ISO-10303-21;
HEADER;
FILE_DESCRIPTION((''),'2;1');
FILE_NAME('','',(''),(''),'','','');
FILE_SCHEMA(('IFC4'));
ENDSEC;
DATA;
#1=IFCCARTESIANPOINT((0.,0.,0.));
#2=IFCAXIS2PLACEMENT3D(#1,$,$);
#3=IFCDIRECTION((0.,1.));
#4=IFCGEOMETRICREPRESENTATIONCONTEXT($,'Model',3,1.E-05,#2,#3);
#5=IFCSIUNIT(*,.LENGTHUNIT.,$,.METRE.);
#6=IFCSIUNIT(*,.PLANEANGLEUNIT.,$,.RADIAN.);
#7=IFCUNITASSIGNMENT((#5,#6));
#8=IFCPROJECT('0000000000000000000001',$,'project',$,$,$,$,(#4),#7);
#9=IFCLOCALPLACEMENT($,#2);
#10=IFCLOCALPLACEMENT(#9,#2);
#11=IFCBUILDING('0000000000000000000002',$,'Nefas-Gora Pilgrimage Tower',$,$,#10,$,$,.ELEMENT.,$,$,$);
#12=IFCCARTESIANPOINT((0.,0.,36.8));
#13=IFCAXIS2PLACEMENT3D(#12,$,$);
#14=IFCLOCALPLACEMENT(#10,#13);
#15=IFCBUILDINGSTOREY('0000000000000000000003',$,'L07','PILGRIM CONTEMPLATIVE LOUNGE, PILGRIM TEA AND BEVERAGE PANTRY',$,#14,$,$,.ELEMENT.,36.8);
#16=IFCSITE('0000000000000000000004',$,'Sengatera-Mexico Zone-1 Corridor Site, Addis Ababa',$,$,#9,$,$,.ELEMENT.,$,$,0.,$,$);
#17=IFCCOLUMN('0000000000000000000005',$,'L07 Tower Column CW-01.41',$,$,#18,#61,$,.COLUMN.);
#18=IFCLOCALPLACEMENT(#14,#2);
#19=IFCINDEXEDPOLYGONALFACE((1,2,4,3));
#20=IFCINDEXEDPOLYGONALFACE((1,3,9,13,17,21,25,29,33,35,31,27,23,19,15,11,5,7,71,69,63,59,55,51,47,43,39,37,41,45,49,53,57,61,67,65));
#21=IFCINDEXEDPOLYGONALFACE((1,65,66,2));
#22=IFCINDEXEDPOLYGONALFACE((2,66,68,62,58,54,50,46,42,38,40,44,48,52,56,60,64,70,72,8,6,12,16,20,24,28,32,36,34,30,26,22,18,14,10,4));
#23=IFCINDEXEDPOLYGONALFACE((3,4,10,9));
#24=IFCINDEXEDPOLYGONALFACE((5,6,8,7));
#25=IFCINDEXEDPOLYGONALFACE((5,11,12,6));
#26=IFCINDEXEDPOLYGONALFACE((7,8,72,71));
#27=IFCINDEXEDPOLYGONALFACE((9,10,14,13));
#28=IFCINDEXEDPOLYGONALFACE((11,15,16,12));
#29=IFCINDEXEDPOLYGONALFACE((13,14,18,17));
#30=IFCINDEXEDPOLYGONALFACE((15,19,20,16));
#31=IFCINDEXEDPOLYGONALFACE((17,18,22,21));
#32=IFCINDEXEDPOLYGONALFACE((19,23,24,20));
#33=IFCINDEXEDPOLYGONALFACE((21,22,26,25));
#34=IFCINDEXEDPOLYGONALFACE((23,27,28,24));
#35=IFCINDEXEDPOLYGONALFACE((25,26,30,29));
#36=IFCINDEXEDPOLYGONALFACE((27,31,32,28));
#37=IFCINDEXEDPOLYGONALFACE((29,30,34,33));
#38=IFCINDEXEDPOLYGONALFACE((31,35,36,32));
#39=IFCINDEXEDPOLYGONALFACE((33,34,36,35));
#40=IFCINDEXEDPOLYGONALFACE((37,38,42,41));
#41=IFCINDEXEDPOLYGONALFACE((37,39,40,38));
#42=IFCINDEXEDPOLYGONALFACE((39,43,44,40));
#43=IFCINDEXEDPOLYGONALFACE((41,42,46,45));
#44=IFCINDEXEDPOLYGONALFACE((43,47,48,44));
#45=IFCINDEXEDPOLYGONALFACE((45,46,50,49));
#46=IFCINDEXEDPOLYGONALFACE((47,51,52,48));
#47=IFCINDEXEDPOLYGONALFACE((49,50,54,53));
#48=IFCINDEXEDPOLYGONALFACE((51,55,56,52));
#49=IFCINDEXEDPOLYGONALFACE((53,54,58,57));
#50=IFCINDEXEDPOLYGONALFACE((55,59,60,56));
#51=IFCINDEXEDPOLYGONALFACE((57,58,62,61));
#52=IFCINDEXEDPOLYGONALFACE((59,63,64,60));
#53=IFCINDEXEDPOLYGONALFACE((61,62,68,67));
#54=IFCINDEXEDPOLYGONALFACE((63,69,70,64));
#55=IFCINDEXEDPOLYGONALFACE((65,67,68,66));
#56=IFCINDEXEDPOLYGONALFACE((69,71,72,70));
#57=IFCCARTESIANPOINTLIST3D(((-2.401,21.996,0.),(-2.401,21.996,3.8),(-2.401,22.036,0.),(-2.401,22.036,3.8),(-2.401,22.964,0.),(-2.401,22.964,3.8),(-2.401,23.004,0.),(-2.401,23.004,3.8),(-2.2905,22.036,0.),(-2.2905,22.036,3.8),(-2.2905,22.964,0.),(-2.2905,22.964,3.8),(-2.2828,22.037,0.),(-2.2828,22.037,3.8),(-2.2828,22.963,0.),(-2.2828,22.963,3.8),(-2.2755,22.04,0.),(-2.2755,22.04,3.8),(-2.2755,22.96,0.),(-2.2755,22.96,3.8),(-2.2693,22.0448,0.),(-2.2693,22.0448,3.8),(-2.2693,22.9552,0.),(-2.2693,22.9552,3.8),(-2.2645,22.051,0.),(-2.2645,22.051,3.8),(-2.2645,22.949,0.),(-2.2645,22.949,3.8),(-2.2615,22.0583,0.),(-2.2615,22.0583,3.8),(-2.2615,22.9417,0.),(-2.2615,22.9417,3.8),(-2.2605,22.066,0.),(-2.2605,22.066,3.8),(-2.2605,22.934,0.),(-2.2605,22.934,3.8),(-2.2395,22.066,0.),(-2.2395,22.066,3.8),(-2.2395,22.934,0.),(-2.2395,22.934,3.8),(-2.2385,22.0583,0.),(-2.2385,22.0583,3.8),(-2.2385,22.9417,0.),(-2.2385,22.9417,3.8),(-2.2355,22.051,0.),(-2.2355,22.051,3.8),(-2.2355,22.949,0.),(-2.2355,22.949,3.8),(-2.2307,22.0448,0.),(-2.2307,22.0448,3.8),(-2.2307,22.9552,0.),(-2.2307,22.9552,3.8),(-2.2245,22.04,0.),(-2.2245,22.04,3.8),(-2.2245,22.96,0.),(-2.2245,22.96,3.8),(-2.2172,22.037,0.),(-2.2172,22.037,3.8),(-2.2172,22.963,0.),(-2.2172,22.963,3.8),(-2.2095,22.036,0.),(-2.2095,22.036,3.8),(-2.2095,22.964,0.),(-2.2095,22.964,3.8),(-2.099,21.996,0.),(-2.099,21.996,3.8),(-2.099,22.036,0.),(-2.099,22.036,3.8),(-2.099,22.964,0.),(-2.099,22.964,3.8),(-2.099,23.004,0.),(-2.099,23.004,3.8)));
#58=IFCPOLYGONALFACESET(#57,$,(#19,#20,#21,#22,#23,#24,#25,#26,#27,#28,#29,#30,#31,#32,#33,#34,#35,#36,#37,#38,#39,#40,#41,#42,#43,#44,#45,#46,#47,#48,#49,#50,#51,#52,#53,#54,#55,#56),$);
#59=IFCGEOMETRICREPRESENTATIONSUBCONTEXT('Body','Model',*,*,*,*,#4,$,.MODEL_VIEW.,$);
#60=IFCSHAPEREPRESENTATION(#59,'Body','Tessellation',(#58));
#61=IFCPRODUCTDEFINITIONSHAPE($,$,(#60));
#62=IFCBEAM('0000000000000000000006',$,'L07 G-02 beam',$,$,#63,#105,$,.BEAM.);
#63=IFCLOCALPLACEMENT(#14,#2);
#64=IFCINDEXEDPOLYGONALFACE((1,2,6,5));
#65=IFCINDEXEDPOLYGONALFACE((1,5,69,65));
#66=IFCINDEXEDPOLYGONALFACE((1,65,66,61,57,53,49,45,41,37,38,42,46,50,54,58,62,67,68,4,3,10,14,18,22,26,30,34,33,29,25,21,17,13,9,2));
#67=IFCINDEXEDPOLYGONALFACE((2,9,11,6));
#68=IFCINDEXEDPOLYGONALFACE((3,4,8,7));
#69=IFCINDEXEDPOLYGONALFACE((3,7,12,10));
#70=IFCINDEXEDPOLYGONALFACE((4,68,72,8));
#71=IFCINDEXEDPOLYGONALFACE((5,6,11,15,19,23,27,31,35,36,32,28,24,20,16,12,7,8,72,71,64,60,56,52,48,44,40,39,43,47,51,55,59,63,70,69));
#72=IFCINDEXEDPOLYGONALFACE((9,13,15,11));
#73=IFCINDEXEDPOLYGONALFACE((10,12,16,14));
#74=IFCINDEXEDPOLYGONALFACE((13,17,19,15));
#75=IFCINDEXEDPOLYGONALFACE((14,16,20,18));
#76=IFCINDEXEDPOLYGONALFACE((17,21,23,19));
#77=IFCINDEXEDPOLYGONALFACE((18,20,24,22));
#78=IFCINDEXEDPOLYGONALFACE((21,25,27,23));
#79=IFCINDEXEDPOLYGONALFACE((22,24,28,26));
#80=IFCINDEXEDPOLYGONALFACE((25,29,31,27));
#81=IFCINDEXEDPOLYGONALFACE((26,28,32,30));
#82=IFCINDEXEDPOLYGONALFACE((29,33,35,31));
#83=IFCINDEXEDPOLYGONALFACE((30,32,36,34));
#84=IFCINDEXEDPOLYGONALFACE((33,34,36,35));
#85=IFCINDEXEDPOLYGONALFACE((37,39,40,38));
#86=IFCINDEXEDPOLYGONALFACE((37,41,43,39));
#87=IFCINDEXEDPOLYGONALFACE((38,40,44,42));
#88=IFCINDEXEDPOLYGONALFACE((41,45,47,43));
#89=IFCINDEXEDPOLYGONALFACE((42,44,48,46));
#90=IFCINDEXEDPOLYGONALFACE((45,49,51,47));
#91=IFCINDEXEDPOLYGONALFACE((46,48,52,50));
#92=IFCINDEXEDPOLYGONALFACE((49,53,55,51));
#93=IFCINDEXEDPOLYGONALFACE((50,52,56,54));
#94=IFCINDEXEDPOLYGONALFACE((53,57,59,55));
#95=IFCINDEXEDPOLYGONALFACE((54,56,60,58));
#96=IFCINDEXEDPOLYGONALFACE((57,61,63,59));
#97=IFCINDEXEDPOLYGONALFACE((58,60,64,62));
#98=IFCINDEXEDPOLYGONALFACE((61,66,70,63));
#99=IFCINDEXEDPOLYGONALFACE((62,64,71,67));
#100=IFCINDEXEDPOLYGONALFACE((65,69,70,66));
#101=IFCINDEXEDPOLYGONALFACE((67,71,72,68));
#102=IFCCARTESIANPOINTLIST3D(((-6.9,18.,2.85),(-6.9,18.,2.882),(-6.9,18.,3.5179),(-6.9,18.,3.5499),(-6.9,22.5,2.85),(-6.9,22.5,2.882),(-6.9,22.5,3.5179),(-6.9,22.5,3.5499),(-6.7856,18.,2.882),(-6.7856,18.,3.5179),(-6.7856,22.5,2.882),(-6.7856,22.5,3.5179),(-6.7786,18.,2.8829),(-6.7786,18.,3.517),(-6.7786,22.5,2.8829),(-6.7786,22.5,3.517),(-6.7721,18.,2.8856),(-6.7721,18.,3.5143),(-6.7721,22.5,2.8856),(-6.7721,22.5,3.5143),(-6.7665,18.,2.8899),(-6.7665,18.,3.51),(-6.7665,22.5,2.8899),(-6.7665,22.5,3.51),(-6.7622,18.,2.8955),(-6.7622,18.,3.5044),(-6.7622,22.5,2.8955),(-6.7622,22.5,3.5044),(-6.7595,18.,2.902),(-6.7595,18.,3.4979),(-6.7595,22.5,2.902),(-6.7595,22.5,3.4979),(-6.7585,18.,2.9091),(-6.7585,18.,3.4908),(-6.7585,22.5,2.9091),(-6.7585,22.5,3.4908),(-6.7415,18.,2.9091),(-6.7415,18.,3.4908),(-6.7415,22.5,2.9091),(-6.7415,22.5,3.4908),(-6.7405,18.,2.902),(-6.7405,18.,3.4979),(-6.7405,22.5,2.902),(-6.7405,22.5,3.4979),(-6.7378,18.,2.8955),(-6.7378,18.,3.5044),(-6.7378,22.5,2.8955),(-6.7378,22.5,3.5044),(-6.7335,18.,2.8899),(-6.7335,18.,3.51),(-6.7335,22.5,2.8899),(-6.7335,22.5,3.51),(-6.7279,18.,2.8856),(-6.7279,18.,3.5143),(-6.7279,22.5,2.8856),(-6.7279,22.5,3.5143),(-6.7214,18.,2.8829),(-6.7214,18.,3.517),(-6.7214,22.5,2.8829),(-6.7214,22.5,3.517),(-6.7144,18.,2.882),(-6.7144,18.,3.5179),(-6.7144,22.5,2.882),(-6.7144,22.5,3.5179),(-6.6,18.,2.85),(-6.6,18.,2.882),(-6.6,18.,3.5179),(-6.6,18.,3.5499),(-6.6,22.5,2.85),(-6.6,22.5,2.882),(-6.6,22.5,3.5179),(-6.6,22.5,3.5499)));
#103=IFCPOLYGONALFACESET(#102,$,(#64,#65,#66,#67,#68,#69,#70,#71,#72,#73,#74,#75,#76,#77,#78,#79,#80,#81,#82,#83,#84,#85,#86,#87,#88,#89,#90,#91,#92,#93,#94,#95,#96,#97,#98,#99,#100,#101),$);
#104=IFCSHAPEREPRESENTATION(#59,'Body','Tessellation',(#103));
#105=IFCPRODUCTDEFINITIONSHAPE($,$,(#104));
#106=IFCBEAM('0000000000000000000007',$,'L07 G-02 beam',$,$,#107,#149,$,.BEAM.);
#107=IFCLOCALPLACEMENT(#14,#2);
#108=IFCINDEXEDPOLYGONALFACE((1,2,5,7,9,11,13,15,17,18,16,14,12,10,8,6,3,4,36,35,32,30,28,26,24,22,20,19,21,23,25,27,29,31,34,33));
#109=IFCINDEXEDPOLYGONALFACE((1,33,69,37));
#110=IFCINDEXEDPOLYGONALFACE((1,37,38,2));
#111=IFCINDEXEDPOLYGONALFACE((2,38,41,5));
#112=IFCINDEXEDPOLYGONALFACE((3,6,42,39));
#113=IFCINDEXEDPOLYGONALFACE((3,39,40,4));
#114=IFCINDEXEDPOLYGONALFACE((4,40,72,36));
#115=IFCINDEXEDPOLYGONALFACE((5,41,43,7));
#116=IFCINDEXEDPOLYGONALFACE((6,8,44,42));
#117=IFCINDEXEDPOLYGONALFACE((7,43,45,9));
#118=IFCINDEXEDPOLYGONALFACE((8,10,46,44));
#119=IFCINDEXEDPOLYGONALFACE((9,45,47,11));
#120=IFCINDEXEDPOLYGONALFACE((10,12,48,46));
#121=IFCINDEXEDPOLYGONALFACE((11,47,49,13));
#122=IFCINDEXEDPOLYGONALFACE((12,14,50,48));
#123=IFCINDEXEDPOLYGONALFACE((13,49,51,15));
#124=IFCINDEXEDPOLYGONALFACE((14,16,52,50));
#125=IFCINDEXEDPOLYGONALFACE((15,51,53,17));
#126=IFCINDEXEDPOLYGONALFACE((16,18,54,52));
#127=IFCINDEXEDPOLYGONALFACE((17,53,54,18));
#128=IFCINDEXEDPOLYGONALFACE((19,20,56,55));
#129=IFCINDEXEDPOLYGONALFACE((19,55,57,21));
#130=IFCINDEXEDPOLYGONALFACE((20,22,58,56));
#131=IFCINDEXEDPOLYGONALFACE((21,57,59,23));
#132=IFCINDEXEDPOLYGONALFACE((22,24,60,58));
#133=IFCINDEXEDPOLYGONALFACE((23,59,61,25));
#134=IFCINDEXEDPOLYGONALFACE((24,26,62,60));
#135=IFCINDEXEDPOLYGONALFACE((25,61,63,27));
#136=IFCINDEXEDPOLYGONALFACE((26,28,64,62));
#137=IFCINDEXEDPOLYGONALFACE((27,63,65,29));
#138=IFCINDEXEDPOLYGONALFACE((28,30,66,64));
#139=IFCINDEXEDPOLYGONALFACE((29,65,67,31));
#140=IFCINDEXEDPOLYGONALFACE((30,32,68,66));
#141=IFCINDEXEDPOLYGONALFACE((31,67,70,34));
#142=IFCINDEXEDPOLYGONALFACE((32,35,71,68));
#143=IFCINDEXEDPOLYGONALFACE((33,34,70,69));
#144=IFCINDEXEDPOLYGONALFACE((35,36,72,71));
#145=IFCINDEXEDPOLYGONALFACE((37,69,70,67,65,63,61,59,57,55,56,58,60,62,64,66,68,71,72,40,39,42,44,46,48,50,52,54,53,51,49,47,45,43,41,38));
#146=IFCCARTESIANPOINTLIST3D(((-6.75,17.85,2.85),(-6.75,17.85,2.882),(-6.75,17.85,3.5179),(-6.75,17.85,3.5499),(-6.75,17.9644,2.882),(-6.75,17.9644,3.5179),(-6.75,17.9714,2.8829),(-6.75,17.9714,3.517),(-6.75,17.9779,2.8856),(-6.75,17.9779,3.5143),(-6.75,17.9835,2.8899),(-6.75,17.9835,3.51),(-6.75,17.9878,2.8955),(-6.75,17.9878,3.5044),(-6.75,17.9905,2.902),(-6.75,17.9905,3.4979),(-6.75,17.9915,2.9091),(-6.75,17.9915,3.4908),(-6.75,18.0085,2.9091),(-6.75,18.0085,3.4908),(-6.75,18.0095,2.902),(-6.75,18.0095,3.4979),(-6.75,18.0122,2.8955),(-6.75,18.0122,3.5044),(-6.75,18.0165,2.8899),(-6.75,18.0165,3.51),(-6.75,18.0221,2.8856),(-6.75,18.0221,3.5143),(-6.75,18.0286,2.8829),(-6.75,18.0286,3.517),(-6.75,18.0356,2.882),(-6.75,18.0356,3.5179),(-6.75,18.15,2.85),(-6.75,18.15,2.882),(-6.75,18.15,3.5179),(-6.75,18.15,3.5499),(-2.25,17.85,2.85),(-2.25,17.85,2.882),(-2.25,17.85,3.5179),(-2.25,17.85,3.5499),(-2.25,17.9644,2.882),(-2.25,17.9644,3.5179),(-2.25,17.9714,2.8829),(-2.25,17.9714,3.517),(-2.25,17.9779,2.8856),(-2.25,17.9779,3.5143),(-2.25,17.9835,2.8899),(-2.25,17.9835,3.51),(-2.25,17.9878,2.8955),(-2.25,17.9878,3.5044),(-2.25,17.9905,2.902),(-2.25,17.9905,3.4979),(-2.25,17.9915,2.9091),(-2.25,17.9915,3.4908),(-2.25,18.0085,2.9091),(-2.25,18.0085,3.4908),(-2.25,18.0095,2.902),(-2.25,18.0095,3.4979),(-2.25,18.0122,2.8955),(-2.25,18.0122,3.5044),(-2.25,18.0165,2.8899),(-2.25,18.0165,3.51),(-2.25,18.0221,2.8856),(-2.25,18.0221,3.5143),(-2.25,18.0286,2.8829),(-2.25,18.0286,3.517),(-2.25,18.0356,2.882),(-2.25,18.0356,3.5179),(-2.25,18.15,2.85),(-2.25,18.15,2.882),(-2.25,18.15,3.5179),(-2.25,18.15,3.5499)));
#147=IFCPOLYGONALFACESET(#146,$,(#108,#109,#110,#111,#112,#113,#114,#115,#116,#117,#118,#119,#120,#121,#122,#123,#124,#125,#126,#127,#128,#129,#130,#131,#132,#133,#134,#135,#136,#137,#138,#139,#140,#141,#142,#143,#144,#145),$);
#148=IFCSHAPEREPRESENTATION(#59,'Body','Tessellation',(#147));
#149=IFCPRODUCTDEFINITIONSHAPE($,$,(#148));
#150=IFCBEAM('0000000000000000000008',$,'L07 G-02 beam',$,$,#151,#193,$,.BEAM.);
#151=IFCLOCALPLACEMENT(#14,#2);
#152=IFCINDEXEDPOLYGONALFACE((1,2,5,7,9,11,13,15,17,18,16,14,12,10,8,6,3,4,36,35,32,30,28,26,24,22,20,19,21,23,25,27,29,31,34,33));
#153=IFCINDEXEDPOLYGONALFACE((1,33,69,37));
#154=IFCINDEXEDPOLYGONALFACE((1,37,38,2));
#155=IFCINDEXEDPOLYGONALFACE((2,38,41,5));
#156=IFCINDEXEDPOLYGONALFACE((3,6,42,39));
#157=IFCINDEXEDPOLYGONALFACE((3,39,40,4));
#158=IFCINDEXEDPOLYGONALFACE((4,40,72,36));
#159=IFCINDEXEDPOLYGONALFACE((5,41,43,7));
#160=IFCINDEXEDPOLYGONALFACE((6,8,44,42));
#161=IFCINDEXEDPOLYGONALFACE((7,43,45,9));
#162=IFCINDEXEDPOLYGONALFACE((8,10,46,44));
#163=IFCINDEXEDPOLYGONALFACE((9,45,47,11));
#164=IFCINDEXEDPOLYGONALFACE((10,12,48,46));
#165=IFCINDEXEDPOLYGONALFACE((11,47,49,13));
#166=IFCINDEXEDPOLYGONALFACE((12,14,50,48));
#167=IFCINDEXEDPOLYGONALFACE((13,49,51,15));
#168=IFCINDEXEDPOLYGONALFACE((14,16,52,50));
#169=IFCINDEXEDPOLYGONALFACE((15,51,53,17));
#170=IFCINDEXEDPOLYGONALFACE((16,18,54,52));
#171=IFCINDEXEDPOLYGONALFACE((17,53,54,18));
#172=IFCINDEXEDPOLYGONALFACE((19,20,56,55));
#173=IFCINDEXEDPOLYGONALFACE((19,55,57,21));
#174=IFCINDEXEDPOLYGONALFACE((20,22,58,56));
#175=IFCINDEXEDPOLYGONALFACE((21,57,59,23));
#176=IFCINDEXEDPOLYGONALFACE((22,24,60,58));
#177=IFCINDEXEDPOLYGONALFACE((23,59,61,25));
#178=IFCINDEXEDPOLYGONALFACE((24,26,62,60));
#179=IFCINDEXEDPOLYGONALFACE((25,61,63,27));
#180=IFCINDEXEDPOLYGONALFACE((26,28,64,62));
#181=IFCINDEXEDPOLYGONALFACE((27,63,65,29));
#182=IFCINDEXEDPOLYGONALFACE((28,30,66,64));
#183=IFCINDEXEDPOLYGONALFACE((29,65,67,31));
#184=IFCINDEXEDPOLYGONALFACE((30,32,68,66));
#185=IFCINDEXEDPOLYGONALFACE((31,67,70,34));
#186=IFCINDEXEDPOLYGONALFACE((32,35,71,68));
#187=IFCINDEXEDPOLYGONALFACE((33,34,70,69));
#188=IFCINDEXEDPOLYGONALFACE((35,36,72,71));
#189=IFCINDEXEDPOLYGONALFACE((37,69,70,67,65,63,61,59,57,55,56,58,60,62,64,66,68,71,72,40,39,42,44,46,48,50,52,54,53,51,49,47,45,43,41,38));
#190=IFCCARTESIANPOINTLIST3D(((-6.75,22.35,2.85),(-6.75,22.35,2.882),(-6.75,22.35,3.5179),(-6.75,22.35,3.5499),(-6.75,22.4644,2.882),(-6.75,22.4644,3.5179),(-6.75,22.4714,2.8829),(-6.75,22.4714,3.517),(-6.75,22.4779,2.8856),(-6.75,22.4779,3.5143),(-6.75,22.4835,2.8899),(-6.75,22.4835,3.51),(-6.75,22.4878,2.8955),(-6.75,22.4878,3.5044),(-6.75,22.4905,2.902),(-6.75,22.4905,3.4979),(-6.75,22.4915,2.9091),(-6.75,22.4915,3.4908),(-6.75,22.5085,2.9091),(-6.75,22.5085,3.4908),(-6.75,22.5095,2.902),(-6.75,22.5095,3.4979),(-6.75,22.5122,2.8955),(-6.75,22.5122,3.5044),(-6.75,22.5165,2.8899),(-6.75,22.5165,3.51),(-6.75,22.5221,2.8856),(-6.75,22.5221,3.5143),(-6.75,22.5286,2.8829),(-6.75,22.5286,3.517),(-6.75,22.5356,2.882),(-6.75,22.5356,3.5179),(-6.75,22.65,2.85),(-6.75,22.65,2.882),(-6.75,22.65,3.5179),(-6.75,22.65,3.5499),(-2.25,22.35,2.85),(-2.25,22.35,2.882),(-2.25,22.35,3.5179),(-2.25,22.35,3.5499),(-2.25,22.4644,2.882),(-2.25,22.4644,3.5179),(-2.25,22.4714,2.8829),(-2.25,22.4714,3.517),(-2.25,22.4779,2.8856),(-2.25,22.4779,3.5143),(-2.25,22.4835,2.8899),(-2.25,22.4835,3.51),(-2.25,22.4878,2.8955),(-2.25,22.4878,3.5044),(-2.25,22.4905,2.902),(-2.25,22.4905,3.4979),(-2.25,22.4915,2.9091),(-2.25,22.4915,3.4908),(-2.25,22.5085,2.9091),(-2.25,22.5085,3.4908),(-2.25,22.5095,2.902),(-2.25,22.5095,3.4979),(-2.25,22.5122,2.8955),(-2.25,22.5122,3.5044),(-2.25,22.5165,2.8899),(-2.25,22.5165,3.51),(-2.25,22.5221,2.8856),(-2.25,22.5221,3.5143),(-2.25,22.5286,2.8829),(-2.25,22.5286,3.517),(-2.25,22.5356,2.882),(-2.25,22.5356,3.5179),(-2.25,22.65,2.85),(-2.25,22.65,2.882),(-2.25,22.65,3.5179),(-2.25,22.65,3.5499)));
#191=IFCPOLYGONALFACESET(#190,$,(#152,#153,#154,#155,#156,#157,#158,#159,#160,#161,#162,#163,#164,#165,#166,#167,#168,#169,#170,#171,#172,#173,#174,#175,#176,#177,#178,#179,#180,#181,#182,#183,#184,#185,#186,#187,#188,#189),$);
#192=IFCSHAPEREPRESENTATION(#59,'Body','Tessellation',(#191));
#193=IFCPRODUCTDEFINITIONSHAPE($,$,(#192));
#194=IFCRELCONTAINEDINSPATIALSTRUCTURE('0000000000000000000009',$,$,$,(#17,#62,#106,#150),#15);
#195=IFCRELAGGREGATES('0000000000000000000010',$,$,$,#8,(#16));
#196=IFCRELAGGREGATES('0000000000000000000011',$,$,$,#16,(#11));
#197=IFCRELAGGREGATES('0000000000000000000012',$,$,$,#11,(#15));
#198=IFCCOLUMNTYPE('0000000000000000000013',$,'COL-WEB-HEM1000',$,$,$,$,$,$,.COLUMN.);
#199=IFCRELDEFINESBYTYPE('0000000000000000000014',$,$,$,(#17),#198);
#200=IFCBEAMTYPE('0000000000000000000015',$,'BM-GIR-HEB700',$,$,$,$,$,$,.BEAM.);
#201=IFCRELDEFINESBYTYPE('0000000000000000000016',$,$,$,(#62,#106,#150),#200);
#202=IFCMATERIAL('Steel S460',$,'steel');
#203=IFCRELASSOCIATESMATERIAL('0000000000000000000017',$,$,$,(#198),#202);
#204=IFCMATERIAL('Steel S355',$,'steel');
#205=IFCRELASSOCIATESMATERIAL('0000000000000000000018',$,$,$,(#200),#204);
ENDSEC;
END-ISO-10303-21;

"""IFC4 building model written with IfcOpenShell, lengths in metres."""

from ifc_helpers import new_model, si_unit, direction, frame, origin, origin_2d, place, context, subcontext, project, spatial, i_section, extrude, source, transform, mapped, material, material_profile, profile_set, type_object, element, save


model = new_model("IFC4")

# Units and contexts
model_context = context("Model", 3, precision=1e-05, world=origin(), true_north=direction((0.0, 1.0)))
body_context = subcontext(model_context, "Body", "Model", "MODEL_VIEW")
ifc_project = project(units=[si_unit("LENGTHUNIT", "METRE"), si_unit("PLANEANGLEUNIT", "RADIAN")], contexts=[model_context])

# Site, building, storey
site_placement = place(None, origin())
site = spatial("IfcSite", under=ifc_project, at=site_placement, Name="Sengatera-Mexico Zone-1 Corridor Site, Addis Ababa", CompositionType="ELEMENT", RefElevation=0.0)
building_placement = place(site_placement, origin())
building = spatial("IfcBuilding", under=site, at=building_placement, Name="Nefas-Gora Pilgrimage Tower", CompositionType="ELEMENT")
storey_placement = place(building_placement, frame((0.0, 0.0, 36.8)))
storey = spatial("IfcBuildingStorey", under=building, at=storey_placement, Name="L07", Description="PILGRIM CONTEMPLATIVE LOUNGE, PILGRIM TEA AND BEVERAGE PANTRY", CompositionType="ELEMENT", Elevation=36.8)

# Column
ifc_material_1 = material(Name="Steel S460", Category="steel")
ifc_material_profile_1 = material_profile(ifc_material_1, i_section(OverallWidth=0.302, OverallDepth=1.0081, WebThickness=0.021, FlangeThickness=0.04, FilletRadius=0.03, at=origin_2d()), Name="HEM 1000")
ifc_profile_set_1 = profile_set([ifc_material_profile_1], Name="Steel S460")
column_type_1 = type_object("IfcColumnType", Name="COL-WEB-HEM1000", PredefinedType="COLUMN", material=ifc_profile_set_1)
shared_shape_1 = source(origin(), body_context, "Body", "SweptSolid", [
    extrude(i_section(OverallWidth=0.302, OverallDepth=1.0081, WebThickness=0.021, FlangeThickness=0.04, FilletRadius=0.03, at=origin_2d()), origin(), (0.0, 0.0, 1.0), 3.8),
])
for number, where, z_axis, x_axis, name in (
    (1, (-2.25, 22.5, 0.0), (0.0, 0.0, 1.0), (1.0, 0.0, 0.0), "L07 Tower Column CW-01.41"),
):
    element("IfcColumn", number, at=place(storey_placement, frame(where, z_axis=z_axis, x_axis=x_axis)), inside=storey, type_object=column_type_1, Name=name, PredefinedType="COLUMN", context=body_context, shape_type="MappedRepresentation", body=[
        mapped(shared_shape_1, transform((0.0, 0.0, 0.0), x_axis=(1.0, 0.0, 0.0), y_axis=(0.0, 1.0, 0.0), z_axis=(0.0, 0.0, 1.0), scale=1.0)),
    ])

# Beams
ifc_material_2 = material(Name="Steel S355", Category="steel")
ifc_material_profile_2 = material_profile(ifc_material_2, i_section(OverallWidth=0.3, OverallDepth=0.7, WebThickness=0.0171, FlangeThickness=0.032, FilletRadius=0.0271, at=origin_2d()), Name="HEB 700")
ifc_profile_set_2 = profile_set([ifc_material_profile_2], Name="Steel S355")
beam_type = type_object("IfcBeamType", Name="BM-GIR-HEB700", PredefinedType="BEAM", material=ifc_profile_set_2)
shared_shape_2 = source(origin(), body_context, "Body", "SweptSolid", [
    extrude(i_section(OverallWidth=0.3, OverallDepth=0.7, WebThickness=0.0171, FlangeThickness=0.032, FilletRadius=0.0271, at=origin_2d()), origin(), (0.0, 0.0, 1.0), 4.5),
])
for number, where, z_axis, x_axis, name in (
    (2, (-6.75, 18.0, 3.2), (0.0, 1.0, 0.0), (-1.0, 0.0, 0.0), "L07 G-02 beam"),
    (3, (-6.75, 18.0, 3.2), (1.0, 0.0, 0.0), (0.0, 1.0, 0.0), "L07 G-02 beam"),
    (4, (-6.75, 22.5, 3.2), (1.0, 0.0, 0.0), (0.0, 1.0, 0.0), "L07 G-02 beam"),
):
    element("IfcBeam", number, at=place(storey_placement, frame(where, z_axis=z_axis, x_axis=x_axis)), inside=storey, type_object=beam_type, Name=name, PredefinedType="BEAM", context=body_context, shape_type="MappedRepresentation", body=[
        mapped(shared_shape_2, transform((0.0, 0.0, 0.0), x_axis=(1.0, 0.0, 0.0), y_axis=(0.0, 1.0, 0.0), z_axis=(0.0, 0.0, 1.0), scale=1.0)),
    ])

save(model, "model.ifc")
